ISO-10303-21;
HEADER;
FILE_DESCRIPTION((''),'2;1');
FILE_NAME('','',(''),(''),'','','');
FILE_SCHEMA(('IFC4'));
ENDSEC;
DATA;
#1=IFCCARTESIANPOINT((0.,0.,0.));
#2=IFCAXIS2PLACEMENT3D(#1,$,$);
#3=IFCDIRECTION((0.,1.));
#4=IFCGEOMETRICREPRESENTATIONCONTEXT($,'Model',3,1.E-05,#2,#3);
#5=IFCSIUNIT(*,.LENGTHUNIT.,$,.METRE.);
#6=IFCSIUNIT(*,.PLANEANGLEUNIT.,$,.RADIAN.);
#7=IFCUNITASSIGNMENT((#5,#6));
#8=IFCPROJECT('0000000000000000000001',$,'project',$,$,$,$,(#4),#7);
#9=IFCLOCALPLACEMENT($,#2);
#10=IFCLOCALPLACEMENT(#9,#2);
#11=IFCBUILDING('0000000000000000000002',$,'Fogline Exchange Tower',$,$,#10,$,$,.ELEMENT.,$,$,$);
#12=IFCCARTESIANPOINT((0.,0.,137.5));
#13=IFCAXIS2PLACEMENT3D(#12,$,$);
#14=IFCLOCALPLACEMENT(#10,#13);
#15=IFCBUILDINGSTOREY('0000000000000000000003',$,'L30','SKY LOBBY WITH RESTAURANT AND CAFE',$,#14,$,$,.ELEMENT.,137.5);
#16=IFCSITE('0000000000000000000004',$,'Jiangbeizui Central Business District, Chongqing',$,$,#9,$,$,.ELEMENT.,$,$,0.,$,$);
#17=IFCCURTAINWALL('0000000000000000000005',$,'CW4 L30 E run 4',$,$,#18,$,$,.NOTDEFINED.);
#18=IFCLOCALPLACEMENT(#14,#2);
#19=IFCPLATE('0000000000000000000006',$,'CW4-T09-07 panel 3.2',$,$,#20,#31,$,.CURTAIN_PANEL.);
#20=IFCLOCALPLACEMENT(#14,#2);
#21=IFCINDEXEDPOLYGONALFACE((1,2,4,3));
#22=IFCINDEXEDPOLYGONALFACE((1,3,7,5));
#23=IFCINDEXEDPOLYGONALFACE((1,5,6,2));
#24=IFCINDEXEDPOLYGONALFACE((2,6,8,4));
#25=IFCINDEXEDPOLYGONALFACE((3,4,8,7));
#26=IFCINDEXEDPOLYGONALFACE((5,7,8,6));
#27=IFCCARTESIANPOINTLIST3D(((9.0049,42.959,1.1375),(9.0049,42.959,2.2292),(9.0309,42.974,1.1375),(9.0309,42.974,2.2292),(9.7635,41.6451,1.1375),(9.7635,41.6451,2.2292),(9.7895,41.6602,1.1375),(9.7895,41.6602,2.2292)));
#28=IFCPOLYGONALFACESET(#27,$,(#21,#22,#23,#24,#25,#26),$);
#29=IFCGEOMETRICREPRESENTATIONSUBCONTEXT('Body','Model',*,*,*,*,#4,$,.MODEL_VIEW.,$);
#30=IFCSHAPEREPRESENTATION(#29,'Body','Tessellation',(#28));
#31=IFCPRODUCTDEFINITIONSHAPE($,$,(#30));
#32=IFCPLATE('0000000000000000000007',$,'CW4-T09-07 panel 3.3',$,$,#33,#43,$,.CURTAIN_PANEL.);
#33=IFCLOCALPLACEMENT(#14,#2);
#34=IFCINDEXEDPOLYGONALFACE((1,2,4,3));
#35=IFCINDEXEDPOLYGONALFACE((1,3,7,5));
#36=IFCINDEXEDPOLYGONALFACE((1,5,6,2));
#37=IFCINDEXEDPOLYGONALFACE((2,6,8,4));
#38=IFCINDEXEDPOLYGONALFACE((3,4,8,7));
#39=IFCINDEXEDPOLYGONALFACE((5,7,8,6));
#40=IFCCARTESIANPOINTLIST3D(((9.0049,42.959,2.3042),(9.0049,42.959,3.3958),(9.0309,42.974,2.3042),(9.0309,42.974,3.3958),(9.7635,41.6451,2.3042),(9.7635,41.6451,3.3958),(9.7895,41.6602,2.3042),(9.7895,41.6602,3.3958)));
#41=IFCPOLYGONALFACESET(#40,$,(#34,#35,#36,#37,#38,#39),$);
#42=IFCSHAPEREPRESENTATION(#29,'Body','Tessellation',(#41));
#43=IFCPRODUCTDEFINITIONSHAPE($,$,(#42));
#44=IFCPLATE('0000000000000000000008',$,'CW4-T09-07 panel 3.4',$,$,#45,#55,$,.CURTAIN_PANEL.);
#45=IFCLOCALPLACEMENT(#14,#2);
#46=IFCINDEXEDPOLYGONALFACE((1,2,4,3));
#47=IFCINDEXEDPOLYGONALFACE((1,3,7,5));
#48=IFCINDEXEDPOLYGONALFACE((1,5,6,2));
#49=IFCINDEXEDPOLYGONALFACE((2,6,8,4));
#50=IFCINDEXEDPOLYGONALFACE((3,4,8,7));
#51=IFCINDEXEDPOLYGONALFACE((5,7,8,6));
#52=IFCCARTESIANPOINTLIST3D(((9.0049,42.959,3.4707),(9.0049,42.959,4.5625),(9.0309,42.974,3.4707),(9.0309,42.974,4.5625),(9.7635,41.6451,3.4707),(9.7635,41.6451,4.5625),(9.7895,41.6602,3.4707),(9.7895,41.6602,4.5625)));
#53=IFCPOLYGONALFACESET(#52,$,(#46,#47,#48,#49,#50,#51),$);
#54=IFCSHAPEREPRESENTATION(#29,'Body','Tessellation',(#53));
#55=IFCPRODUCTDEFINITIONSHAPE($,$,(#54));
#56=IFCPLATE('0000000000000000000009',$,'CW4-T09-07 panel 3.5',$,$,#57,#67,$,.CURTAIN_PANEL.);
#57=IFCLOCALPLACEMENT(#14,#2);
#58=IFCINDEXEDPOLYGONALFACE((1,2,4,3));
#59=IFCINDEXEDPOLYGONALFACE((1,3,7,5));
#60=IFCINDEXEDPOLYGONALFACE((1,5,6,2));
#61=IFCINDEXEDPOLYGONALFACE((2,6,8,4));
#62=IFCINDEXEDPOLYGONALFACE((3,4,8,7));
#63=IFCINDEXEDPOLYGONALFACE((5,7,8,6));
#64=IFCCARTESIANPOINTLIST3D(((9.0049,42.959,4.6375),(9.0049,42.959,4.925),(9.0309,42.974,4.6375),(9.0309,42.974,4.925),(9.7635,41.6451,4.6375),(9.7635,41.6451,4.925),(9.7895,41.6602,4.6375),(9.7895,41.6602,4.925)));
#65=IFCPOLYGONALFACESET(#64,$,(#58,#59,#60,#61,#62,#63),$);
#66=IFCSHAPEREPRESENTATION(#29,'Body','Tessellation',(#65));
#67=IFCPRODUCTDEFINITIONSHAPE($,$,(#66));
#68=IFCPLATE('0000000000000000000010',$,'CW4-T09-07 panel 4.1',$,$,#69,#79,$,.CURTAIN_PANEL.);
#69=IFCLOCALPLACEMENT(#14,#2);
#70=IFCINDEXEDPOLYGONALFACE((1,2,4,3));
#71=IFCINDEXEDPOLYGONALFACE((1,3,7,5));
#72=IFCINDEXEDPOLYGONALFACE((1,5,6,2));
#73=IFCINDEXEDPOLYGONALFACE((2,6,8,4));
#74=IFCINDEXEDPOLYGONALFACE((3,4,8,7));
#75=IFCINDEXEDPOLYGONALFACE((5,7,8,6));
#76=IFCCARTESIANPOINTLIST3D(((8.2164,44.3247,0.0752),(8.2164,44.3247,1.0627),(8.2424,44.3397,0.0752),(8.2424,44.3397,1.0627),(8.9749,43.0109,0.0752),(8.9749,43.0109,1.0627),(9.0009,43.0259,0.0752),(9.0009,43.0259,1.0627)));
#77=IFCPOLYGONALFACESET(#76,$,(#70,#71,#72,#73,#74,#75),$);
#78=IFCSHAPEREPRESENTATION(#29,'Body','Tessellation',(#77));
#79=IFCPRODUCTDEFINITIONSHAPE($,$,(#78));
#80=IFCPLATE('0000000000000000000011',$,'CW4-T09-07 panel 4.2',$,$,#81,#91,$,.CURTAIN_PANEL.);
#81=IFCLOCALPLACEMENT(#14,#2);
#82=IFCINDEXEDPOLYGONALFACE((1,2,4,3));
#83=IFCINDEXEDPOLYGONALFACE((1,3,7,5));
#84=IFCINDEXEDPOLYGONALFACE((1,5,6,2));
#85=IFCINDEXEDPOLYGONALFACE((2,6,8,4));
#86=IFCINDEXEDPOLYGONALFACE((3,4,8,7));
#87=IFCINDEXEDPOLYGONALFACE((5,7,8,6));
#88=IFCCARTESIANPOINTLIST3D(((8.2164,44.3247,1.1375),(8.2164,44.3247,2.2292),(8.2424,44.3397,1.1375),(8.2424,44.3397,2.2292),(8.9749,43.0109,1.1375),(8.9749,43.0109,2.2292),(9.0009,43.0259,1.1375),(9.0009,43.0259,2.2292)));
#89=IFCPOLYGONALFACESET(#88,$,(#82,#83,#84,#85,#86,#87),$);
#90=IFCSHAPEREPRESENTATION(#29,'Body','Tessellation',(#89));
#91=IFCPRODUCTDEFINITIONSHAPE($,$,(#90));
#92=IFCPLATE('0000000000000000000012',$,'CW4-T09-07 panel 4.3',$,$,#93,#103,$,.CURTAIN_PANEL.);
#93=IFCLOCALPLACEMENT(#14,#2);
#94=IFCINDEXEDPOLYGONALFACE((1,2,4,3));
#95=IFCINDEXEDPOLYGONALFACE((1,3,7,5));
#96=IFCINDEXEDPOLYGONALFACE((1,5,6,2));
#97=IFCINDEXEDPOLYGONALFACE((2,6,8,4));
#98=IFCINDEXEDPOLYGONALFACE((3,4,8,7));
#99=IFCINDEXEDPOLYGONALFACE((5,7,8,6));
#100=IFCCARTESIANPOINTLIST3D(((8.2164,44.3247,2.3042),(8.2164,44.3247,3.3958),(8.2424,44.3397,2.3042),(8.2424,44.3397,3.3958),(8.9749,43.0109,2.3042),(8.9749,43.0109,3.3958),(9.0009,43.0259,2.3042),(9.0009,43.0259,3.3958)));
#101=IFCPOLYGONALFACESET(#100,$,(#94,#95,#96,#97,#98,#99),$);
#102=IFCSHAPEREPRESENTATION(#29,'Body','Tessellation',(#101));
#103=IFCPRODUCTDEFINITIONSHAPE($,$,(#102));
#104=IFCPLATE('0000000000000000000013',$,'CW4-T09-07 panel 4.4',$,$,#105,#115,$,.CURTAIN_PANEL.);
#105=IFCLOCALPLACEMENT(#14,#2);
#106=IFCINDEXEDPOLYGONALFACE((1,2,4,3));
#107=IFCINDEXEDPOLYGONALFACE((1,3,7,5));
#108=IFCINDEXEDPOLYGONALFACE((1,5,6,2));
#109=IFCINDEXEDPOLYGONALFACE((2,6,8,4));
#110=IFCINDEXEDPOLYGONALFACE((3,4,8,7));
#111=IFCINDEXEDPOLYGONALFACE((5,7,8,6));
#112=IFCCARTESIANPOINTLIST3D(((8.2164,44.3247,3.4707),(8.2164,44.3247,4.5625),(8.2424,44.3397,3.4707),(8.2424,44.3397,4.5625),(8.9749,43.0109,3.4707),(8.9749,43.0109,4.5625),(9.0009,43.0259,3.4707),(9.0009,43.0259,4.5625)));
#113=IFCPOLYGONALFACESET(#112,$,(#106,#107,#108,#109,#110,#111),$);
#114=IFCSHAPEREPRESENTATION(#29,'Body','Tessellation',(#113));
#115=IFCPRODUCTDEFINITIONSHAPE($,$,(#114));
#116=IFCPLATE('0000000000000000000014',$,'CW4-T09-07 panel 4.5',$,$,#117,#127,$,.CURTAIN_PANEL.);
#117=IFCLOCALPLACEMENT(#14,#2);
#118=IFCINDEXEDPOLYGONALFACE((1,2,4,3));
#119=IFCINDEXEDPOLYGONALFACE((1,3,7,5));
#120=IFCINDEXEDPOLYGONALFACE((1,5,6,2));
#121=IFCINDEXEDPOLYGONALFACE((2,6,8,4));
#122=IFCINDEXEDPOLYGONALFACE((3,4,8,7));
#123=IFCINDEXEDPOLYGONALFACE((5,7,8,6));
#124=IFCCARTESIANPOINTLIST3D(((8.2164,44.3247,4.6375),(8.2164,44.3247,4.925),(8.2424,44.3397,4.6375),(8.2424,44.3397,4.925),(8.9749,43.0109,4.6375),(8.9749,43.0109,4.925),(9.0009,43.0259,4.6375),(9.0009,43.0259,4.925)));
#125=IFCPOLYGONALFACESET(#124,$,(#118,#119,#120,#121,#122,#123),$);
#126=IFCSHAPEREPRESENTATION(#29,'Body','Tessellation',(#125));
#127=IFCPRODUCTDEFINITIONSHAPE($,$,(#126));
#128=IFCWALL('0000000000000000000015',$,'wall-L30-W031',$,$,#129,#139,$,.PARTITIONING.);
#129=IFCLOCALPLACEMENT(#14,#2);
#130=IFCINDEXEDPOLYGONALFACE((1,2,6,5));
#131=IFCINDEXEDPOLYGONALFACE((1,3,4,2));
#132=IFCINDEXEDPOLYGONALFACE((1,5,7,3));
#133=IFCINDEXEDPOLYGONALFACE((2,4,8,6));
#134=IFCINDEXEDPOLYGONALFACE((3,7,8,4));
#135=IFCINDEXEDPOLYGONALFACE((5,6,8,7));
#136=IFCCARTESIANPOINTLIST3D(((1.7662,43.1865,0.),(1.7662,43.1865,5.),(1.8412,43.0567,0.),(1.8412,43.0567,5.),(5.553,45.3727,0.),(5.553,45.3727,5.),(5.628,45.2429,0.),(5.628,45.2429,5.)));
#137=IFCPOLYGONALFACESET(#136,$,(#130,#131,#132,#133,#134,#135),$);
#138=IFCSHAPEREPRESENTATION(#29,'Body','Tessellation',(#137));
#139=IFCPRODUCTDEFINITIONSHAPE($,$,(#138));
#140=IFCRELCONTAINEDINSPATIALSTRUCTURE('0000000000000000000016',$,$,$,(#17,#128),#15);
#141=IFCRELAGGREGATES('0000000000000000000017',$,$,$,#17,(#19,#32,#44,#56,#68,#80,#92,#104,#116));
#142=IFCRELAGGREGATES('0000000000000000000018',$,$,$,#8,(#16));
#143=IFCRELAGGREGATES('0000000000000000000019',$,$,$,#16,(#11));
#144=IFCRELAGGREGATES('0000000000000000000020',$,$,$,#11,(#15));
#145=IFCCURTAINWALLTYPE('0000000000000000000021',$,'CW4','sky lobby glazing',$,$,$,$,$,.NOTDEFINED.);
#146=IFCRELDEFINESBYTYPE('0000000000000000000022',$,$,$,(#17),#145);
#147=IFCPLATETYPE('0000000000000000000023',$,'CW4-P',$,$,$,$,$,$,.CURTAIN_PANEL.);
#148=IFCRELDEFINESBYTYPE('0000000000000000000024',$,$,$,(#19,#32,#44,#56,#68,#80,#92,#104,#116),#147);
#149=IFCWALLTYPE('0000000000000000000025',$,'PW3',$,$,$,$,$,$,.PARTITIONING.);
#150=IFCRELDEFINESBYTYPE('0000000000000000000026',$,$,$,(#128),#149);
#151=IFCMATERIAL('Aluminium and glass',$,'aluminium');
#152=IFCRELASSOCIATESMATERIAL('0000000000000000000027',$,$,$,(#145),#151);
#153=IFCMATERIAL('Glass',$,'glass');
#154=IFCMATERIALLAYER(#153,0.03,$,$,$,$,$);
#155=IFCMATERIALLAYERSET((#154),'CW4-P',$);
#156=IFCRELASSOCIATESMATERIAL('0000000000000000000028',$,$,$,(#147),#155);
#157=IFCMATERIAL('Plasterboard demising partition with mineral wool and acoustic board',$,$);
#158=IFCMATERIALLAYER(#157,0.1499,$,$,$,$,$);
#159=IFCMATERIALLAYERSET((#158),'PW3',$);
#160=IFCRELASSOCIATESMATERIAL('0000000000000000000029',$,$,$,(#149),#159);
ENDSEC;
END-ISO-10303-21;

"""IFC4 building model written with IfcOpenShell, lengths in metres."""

from ifc_helpers import new_model, si_unit, direction, frame, frame_2d, origin, origin_2d, place, context, subcontext, project, spatial, rectangle, extrude, material, layer, layer_set, type_object, element, aggregate, save


model = new_model("IFC4")

# Units and contexts
model_context = context("Model", 3, precision=1e-05, world=origin(), true_north=direction((0.0, 1.0)))
body_context = subcontext(model_context, "Body", "Model", "MODEL_VIEW")
ifc_project = project(units=[si_unit("LENGTHUNIT", "METRE"), si_unit("PLANEANGLEUNIT", "RADIAN")], contexts=[model_context])

# Site, building, storey
site_placement = place(None, origin())
site = spatial("IfcSite", under=ifc_project, at=site_placement, Name="Jiangbeizui Central Business District, Chongqing", CompositionType="ELEMENT", RefElevation=0.0)
building_placement = place(site_placement, origin())
building = spatial("IfcBuilding", under=site, at=building_placement, Name="Fogline Exchange Tower", CompositionType="ELEMENT")
storey_placement = place(building_placement, frame((0.0, 0.0, 137.5)))
storey = spatial("IfcBuildingStorey", under=building, at=storey_placement, Name="L30", Description="SKY LOBBY WITH RESTAURANT AND CAFE", CompositionType="ELEMENT", Elevation=137.5)

# Curtain wall, plates
ifc_material_1 = material(Name="Aluminium and glass", Category="aluminium")
curtain_wall_type = type_object("IfcCurtainWallType", Name="CW4", Description="sky lobby glazing", PredefinedType="NOTDEFINED", material=ifc_material_1)
curtain_wall_placement = place(storey_placement, origin())
curtain_wall = element("IfcCurtainWall", 1, at=curtain_wall_placement, inside=storey, type_object=curtain_wall_type, Name="CW4 L30 E run 4", PredefinedType="NOTDEFINED")
ifc_material_2 = material(Name="Glass", Category="glass")
ifc_layer_1 = layer(ifc_material_2, 0.03)
ifc_layer_set_1 = layer_set([ifc_layer_1], Name="CW4-P")
plate_type = type_object("IfcPlateType", Name="CW4-P", PredefinedType="CURTAIN_PANEL", material=ifc_layer_set_1)
plate_1_placement = place(storey_placement, frame((9.3972, 42.3096, 1.1375), z_axis=(0.0, 0.0, 1.0), x_axis=(-0.5, 0.866025, 0.0)))
plate_1 = element("IfcPlate", 2, at=plate_1_placement, type_object=plate_type, Name="CW4-T09-07 panel 3.2", PredefinedType="CURTAIN_PANEL", context=body_context, shape_type="SweptSolid", body=[
    extrude(rectangle(XDim=1.5171, YDim=0.03, at=origin_2d()), origin(), (0.0, 0.0, 1.0), 1.0918),
])
plate_2_placement = place(storey_placement, frame((9.3972, 42.3096, 2.3042), z_axis=(0.0, 0.0, 1.0), x_axis=(-0.5, 0.866025, 0.0)))
plate_2 = element("IfcPlate", 3, at=plate_2_placement, type_object=plate_type, Name="CW4-T09-07 panel 3.3", PredefinedType="CURTAIN_PANEL", context=body_context, shape_type="SweptSolid", body=[
    extrude(rectangle(XDim=1.5171, YDim=0.03, at=origin_2d()), origin(), (0.0, 0.0, 1.0), 1.0916),
])
plate_3_placement = place(storey_placement, frame((9.3972, 42.3096, 3.4707), z_axis=(0.0, 0.0, 1.0), x_axis=(-0.5, 0.866025, 0.0)))
plate_3 = element("IfcPlate", 4, at=plate_3_placement, type_object=plate_type, Name="CW4-T09-07 panel 3.4", PredefinedType="CURTAIN_PANEL", context=body_context, shape_type="SweptSolid", body=[
    extrude(rectangle(XDim=1.5171, YDim=0.03, at=origin_2d()), origin(), (0.0, 0.0, 1.0), 1.0918),
])
plate_4_placement = place(storey_placement, frame((9.3972, 42.3096, 4.6375), z_axis=(0.0, 0.0, 1.0), x_axis=(-0.5, 0.866025, 0.0)))
plate_4 = element("IfcPlate", 5, at=plate_4_placement, type_object=plate_type, Name="CW4-T09-07 panel 3.5", PredefinedType="CURTAIN_PANEL", context=body_context, shape_type="SweptSolid", body=[
    extrude(rectangle(XDim=1.5171, YDim=0.03, at=origin_2d()), origin(), (0.0, 0.0, 1.0), 0.2876),
])
plate_5_placement = place(storey_placement, frame((8.6086, 43.6753, 0.0752), z_axis=(0.0, 0.0, 1.0), x_axis=(-0.5, 0.866025, 0.0)))
plate_5 = element("IfcPlate", 6, at=plate_5_placement, type_object=plate_type, Name="CW4-T09-07 panel 4.1", PredefinedType="CURTAIN_PANEL", context=body_context, shape_type="SweptSolid", body=[
    extrude(rectangle(XDim=1.5171, YDim=0.03, at=origin_2d()), origin(), (0.0, 0.0, 1.0), 0.9875),
])
plate_6_placement = place(storey_placement, frame((8.6086, 43.6753, 1.1375), z_axis=(0.0, 0.0, 1.0), x_axis=(-0.5, 0.866025, 0.0)))
plate_6 = element("IfcPlate", 7, at=plate_6_placement, type_object=plate_type, Name="CW4-T09-07 panel 4.2", PredefinedType="CURTAIN_PANEL", context=body_context, shape_type="SweptSolid", body=[
    extrude(rectangle(XDim=1.5171, YDim=0.03, at=origin_2d()), origin(), (0.0, 0.0, 1.0), 1.0918),
])
plate_7_placement = place(storey_placement, frame((8.6086, 43.6753, 2.3042), z_axis=(0.0, 0.0, 1.0), x_axis=(-0.5, 0.866025, 0.0)))
plate_7 = element("IfcPlate", 8, at=plate_7_placement, type_object=plate_type, Name="CW4-T09-07 panel 4.3", PredefinedType="CURTAIN_PANEL", context=body_context, shape_type="SweptSolid", body=[
    extrude(rectangle(XDim=1.5171, YDim=0.03, at=origin_2d()), origin(), (0.0, 0.0, 1.0), 1.0916),
])
plate_8_placement = place(storey_placement, frame((8.6086, 43.6753, 3.4707), z_axis=(0.0, 0.0, 1.0), x_axis=(-0.5, 0.866025, 0.0)))
plate_8 = element("IfcPlate", 9, at=plate_8_placement, type_object=plate_type, Name="CW4-T09-07 panel 4.4", PredefinedType="CURTAIN_PANEL", context=body_context, shape_type="SweptSolid", body=[
    extrude(rectangle(XDim=1.5171, YDim=0.03, at=origin_2d()), origin(), (0.0, 0.0, 1.0), 1.0918),
])
plate_9_placement = place(storey_placement, frame((8.6086, 43.6753, 4.6375), z_axis=(0.0, 0.0, 1.0), x_axis=(-0.5, 0.866025, 0.0)))
plate_9 = element("IfcPlate", 10, at=plate_9_placement, type_object=plate_type, Name="CW4-T09-07 panel 4.5", PredefinedType="CURTAIN_PANEL", context=body_context, shape_type="SweptSolid", body=[
    extrude(rectangle(XDim=1.5171, YDim=0.03, at=origin_2d()), origin(), (0.0, 0.0, 1.0), 0.2876),
])
aggregate(curtain_wall, [plate_1, plate_2, plate_3, plate_4, plate_5, plate_6, plate_7, plate_8, plate_9])

# Wall
ifc_material_3 = material(Name="Plasterboard demising partition with mineral wool and acoustic board")
ifc_layer_2 = layer(ifc_material_3, 0.1499)
ifc_layer_set_2 = layer_set([ifc_layer_2], Name="PW3")
wall_type = type_object("IfcWallType", Name="PW3", PredefinedType="PARTITIONING", material=ifc_layer_set_2)
wall_placement = place(storey_placement, frame((1.8037, 43.1216, 0.0), z_axis=(0.0, 0.0, 1.0), x_axis=(0.866032, 0.499988, 0.0)))
element("IfcWall", 11, at=wall_placement, inside=storey, type_object=wall_type, Name="wall-L30-W031", PredefinedType="PARTITIONING", context=body_context, shape_type="SweptSolid", body=[
    extrude(rectangle(XDim=4.3726, YDim=0.1499, at=frame_2d((2.1863, 0.0))), origin(), (0.0, 0.0, 1.0), 5.0),
])

save(model, "model.ifc")
